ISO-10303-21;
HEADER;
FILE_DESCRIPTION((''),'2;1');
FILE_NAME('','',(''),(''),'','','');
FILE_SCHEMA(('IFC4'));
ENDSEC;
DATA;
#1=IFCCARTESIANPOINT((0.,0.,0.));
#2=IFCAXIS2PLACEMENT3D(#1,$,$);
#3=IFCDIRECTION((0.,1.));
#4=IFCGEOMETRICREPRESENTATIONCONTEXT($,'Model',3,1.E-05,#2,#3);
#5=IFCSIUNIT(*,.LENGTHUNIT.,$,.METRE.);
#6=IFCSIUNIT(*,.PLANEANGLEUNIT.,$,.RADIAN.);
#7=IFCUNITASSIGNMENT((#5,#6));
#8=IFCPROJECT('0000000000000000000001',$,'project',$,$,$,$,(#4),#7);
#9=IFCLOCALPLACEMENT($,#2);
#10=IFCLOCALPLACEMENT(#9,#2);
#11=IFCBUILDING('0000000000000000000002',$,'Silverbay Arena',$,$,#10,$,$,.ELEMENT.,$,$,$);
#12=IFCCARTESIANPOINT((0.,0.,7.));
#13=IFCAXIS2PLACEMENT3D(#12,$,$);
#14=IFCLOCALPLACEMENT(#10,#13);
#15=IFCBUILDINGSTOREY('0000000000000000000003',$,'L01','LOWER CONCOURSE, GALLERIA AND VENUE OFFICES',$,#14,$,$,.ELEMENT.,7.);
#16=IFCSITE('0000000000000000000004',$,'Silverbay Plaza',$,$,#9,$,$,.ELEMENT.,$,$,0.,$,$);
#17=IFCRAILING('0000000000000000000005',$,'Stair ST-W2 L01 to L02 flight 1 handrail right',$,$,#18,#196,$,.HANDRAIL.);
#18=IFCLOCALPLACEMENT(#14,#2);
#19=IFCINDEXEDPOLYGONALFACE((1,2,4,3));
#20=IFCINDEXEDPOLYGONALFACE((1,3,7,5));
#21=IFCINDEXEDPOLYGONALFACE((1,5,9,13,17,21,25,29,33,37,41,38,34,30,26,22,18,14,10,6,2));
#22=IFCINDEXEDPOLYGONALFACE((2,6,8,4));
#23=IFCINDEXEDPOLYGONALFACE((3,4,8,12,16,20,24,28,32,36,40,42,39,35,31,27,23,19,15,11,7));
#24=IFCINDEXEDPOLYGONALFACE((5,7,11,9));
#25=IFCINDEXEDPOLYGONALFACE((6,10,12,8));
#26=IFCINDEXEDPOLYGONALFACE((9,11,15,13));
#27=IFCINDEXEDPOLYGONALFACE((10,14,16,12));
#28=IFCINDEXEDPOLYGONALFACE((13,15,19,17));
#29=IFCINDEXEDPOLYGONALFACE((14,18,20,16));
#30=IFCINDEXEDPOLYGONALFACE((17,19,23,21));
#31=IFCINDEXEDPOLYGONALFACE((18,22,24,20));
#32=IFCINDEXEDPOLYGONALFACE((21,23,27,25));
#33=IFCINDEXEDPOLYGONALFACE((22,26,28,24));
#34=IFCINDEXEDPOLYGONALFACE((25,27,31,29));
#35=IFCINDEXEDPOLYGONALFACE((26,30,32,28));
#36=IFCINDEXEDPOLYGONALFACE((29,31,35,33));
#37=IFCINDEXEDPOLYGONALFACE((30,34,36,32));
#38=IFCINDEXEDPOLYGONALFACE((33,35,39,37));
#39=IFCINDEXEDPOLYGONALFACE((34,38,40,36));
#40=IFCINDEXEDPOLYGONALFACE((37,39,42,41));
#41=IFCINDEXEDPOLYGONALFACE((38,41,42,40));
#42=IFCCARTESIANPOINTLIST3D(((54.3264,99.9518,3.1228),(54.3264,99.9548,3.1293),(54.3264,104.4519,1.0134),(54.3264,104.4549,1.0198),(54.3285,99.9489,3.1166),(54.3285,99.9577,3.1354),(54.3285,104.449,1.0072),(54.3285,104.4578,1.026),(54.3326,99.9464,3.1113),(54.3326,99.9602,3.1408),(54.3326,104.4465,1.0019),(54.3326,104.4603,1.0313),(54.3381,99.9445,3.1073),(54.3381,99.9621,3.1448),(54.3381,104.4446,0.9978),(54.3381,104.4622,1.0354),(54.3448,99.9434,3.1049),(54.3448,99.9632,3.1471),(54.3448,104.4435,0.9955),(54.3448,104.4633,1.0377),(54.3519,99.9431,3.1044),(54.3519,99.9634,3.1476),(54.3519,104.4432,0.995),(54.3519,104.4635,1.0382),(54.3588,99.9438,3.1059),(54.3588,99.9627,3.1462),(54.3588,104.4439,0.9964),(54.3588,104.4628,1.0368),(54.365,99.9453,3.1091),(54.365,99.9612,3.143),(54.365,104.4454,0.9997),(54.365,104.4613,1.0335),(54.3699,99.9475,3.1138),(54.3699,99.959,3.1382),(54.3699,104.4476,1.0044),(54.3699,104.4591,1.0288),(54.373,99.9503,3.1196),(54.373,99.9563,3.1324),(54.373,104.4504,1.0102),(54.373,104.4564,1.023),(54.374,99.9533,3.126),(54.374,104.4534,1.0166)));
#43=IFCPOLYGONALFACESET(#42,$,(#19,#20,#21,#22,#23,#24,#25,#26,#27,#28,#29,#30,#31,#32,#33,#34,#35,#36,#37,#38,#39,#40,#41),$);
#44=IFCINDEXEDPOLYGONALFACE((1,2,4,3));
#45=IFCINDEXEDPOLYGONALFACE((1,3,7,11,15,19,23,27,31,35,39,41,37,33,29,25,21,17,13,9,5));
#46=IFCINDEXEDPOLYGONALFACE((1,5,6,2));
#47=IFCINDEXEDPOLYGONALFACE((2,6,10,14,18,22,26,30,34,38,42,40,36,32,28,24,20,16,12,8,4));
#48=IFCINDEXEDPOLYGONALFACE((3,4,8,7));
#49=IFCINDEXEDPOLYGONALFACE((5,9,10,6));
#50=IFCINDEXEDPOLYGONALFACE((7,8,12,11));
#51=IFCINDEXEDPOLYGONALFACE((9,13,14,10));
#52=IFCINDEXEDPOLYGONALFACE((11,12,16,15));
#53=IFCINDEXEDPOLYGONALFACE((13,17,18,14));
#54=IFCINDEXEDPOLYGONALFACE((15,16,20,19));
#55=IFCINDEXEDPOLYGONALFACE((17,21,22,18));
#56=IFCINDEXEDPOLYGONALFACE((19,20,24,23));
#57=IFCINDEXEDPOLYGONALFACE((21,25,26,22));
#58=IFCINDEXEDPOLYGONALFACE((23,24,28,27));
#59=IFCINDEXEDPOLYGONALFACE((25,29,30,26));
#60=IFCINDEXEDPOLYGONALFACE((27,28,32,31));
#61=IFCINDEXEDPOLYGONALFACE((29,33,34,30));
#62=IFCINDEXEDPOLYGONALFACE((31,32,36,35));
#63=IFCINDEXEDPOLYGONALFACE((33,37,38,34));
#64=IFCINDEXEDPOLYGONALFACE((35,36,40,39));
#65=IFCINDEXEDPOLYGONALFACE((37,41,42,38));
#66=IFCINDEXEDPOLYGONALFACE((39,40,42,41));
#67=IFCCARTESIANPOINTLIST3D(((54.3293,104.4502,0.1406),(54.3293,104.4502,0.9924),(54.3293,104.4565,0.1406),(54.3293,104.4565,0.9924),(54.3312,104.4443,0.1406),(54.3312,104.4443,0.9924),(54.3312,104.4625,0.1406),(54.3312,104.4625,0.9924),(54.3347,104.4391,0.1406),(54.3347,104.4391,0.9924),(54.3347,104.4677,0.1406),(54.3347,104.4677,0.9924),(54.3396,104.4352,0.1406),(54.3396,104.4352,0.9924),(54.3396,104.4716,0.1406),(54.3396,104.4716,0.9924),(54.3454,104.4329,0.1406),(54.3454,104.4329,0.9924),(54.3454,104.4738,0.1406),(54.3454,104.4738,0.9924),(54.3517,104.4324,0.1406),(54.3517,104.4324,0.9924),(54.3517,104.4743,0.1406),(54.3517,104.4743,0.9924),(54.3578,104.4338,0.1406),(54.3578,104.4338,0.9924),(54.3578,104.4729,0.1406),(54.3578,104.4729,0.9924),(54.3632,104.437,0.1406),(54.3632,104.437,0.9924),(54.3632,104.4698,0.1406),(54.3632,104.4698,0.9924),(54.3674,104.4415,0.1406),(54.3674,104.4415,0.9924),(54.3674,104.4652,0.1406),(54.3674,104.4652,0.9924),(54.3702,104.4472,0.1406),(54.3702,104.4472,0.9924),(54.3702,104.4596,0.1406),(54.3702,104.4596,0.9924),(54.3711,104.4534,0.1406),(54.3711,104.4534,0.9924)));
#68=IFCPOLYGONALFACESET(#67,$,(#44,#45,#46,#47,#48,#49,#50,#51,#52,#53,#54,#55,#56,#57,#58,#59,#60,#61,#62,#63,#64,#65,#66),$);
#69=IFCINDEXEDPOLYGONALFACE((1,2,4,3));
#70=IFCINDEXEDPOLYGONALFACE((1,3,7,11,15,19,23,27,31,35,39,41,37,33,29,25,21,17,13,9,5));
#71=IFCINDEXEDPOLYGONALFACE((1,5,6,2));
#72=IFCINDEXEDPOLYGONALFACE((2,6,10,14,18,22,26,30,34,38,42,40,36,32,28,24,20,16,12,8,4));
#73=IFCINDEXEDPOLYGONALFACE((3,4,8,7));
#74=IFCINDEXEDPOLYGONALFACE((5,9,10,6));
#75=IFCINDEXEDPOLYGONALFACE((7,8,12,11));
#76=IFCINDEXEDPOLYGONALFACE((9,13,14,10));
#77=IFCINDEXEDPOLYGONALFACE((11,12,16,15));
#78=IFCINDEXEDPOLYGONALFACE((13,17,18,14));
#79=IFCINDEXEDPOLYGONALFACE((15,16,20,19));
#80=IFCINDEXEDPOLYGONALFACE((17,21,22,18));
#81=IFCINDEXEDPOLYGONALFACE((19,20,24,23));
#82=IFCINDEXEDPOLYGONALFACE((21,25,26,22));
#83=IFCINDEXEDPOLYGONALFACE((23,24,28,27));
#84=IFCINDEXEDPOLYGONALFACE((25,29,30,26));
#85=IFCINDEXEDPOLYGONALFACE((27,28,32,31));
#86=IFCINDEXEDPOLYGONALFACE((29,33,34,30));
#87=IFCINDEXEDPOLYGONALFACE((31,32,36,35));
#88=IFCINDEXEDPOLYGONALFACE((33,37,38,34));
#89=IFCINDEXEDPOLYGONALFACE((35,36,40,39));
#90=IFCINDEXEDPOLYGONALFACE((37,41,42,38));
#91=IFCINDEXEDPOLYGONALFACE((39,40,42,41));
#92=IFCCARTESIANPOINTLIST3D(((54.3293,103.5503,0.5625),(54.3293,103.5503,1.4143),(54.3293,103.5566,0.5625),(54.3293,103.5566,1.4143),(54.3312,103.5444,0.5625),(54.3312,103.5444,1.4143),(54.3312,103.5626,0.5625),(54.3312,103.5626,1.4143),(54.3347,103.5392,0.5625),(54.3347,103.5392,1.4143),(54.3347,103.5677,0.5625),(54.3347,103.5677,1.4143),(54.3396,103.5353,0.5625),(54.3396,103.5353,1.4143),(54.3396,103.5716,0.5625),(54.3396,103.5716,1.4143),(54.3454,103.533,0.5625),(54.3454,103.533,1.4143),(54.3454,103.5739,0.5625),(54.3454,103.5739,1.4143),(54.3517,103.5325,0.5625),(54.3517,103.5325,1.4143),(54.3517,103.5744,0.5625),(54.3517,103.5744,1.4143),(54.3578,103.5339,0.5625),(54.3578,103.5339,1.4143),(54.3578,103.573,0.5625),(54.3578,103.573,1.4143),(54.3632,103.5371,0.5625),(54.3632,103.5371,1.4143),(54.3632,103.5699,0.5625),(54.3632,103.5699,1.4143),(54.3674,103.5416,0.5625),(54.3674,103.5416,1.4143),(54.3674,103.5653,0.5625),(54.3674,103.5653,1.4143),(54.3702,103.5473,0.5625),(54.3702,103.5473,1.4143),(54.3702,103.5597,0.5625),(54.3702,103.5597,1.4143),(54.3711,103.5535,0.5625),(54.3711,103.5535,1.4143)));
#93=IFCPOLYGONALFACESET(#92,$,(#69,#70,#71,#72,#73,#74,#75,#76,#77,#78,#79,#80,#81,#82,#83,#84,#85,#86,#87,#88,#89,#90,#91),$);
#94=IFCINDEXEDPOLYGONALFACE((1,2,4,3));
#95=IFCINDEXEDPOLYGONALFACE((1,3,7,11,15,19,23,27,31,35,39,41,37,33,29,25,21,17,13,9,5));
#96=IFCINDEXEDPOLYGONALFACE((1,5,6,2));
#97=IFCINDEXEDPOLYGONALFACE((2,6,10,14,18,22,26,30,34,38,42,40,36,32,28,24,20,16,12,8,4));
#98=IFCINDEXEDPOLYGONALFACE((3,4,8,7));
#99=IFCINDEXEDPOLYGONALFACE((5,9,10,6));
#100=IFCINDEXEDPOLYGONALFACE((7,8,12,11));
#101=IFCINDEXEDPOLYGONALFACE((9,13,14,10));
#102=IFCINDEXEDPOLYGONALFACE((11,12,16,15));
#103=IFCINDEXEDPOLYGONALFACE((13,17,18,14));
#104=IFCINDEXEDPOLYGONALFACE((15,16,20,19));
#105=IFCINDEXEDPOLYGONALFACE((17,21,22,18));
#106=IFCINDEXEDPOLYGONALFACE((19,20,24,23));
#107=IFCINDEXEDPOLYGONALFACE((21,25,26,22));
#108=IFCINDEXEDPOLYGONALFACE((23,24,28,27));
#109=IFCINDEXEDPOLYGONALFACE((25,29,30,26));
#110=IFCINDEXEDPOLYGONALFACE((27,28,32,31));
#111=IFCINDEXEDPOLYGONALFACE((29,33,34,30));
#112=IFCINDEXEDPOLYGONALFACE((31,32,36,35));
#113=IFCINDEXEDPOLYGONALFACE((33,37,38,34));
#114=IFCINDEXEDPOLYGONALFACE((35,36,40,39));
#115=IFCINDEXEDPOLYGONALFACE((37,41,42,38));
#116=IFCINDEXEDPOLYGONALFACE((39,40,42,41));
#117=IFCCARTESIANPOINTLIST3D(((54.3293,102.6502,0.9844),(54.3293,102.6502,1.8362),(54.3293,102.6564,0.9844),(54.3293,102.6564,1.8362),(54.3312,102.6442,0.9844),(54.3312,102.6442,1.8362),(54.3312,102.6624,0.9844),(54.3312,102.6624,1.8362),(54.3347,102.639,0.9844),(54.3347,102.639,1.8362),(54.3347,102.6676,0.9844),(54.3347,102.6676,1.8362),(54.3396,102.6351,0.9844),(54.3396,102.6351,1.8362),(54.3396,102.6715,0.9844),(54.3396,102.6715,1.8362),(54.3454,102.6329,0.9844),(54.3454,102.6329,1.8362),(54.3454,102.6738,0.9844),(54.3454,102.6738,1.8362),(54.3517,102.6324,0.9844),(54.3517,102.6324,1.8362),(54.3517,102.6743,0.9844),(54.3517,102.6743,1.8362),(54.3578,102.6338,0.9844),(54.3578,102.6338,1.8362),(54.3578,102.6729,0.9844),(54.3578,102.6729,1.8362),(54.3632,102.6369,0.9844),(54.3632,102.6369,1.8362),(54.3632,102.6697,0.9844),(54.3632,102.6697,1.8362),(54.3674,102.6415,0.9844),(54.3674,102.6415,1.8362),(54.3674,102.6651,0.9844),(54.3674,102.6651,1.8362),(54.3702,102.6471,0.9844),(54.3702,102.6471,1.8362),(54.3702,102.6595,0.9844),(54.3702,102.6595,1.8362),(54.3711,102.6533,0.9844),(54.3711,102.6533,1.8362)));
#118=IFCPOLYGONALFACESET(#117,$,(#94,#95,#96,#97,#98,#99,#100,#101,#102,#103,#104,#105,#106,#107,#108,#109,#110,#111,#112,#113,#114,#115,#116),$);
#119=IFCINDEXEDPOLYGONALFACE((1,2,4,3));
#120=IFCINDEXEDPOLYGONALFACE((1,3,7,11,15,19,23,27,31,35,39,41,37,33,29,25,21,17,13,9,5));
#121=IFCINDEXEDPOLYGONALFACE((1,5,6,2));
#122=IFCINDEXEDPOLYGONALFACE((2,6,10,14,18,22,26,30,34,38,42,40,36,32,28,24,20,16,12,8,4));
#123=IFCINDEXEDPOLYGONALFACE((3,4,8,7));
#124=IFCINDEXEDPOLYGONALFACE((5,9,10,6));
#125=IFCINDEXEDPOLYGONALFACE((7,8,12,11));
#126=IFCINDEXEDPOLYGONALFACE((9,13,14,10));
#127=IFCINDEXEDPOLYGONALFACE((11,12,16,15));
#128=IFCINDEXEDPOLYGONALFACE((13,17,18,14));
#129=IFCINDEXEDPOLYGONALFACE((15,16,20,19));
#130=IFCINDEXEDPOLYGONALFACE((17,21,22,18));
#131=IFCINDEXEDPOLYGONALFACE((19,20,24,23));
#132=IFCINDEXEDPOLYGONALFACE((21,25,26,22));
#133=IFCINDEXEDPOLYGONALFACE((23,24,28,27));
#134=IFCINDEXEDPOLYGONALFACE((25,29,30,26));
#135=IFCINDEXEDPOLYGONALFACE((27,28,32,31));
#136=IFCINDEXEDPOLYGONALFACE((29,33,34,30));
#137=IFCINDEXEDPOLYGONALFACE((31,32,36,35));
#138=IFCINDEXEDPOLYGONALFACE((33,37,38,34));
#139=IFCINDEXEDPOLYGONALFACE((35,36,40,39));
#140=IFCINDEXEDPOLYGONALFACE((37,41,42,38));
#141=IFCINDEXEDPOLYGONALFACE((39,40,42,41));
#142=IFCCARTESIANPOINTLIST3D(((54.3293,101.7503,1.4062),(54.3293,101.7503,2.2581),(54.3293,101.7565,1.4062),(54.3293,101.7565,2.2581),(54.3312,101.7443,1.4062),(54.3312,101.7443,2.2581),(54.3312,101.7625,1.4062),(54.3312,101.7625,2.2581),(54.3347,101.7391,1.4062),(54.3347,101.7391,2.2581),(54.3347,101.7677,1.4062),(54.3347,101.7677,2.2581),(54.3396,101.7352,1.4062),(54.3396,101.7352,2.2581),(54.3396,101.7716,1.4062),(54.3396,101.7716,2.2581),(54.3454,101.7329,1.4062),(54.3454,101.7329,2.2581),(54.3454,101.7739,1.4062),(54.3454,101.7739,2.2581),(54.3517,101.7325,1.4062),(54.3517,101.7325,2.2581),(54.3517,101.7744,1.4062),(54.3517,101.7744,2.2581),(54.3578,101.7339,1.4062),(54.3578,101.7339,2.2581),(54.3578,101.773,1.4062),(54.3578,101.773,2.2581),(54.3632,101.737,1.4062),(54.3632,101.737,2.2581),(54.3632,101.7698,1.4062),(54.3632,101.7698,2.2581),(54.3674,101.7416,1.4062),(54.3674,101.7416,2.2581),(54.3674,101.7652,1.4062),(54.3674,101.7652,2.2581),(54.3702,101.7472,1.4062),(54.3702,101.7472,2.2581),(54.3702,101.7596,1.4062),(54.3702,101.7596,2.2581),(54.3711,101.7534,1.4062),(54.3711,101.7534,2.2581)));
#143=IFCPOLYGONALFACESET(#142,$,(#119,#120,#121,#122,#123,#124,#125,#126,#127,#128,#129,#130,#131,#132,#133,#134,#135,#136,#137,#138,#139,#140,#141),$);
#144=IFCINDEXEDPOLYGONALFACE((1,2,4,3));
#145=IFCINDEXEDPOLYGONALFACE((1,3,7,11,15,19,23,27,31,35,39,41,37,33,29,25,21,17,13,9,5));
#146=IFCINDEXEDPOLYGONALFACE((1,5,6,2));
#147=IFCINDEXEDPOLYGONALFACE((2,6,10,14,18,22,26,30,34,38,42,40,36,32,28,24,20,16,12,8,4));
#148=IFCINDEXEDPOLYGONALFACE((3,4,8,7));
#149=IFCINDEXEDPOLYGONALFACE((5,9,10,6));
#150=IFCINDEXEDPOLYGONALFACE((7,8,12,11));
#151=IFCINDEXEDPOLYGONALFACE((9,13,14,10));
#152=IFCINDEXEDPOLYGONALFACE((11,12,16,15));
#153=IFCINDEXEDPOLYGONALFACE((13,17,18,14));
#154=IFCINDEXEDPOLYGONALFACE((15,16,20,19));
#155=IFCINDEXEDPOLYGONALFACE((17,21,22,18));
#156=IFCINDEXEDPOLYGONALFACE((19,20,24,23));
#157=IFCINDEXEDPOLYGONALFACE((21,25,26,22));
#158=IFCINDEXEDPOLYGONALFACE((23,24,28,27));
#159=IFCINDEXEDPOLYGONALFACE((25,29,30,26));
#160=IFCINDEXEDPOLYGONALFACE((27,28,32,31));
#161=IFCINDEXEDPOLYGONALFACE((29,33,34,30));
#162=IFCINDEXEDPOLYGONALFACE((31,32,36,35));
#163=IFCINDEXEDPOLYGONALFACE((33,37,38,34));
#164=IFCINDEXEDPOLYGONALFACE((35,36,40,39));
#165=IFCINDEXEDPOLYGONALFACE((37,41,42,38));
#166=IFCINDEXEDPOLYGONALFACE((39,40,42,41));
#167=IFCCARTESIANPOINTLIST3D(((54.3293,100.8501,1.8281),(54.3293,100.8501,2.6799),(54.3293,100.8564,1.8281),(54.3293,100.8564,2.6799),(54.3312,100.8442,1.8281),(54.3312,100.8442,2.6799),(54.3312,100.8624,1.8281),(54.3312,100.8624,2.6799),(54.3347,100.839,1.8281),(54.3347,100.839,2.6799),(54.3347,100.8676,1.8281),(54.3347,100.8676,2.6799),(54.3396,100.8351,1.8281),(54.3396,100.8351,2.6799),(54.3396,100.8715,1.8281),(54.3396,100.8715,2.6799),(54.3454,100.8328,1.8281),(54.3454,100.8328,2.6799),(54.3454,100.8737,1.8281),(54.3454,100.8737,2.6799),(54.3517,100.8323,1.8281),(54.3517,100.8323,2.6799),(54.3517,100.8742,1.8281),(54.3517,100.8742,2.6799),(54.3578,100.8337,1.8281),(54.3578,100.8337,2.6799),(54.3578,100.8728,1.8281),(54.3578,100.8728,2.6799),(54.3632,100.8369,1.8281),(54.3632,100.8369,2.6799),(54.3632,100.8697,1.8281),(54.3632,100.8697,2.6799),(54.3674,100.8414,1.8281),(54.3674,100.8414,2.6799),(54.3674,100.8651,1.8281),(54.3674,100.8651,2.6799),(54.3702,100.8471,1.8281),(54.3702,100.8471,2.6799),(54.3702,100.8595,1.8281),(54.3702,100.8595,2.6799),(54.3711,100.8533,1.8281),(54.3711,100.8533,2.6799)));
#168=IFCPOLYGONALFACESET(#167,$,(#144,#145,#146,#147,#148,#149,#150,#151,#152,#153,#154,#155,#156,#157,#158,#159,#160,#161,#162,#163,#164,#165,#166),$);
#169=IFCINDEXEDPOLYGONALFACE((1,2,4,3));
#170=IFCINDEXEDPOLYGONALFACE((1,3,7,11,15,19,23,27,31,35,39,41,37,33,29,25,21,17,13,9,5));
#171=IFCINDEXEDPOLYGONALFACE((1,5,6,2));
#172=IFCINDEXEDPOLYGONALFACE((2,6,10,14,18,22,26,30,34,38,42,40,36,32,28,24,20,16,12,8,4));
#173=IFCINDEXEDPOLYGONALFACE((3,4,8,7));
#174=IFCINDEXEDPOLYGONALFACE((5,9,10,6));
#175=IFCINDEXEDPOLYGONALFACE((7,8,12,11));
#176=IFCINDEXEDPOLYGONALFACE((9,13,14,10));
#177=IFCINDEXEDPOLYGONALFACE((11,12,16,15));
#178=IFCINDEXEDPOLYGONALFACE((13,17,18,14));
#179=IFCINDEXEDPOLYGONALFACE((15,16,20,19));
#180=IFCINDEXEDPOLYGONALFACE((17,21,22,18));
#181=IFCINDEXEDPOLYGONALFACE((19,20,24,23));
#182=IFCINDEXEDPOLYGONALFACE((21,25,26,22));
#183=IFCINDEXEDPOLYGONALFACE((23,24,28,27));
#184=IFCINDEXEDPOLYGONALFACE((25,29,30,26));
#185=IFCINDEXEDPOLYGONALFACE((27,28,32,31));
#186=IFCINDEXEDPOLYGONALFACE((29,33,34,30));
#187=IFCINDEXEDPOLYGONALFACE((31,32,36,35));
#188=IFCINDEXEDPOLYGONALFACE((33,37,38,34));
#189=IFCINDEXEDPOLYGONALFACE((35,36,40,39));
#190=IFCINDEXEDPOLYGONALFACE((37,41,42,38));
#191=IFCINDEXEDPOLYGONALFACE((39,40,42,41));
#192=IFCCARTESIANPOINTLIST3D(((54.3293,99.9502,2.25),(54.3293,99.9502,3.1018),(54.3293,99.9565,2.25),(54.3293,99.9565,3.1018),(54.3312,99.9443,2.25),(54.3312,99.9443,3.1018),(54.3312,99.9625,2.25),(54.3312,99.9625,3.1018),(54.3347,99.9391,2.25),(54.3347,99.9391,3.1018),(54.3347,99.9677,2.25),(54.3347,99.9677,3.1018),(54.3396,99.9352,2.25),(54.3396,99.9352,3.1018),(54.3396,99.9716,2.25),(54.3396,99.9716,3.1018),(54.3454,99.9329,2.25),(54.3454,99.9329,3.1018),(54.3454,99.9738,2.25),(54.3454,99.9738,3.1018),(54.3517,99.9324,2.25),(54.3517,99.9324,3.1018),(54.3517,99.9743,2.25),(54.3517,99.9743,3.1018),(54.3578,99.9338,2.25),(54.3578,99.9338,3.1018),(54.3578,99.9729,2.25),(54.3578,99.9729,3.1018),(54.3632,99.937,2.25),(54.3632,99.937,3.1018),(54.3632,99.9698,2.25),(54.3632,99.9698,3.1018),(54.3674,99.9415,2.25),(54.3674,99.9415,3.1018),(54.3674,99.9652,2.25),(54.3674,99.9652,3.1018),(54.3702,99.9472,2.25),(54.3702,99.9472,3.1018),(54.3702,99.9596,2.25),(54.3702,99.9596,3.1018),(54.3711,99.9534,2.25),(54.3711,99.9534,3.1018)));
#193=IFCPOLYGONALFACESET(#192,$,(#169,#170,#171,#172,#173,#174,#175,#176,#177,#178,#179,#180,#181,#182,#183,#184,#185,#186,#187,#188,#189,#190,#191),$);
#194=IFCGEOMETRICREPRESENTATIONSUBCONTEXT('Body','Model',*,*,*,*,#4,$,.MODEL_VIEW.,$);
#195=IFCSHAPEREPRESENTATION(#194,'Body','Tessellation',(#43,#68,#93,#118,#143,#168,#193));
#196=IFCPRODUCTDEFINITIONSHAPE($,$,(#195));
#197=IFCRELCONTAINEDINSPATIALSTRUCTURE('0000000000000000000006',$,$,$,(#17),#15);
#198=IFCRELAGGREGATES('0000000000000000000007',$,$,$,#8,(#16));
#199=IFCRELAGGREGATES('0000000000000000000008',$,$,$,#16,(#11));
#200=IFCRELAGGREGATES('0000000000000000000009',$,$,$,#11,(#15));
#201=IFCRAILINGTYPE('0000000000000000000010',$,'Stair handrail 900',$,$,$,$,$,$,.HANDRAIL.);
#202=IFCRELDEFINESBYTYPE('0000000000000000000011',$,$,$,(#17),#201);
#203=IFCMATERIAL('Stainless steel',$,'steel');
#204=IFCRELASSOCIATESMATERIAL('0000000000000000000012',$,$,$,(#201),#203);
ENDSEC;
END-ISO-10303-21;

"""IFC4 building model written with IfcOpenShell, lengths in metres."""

from ifc_helpers import new_model, si_unit, direction, frame, origin, origin_2d, place, context, subcontext, project, spatial, circle, extrude, material, type_object, element, save


model = new_model("IFC4")

# Units and contexts
model_context = context("Model", 3, precision=1e-05, world=origin(), true_north=direction((0.0, 1.0)))
body_context = subcontext(model_context, "Body", "Model", "MODEL_VIEW")
ifc_project = project(units=[si_unit("LENGTHUNIT", "METRE"), si_unit("PLANEANGLEUNIT", "RADIAN")], contexts=[model_context])

# Site, building, storey
site_placement = place(None, origin())
site = spatial("IfcSite", under=ifc_project, at=site_placement, Name="Silverbay Plaza", CompositionType="ELEMENT", RefElevation=0.0)
building_placement = place(site_placement, origin())
building = spatial("IfcBuilding", under=site, at=building_placement, Name="Silverbay Arena", CompositionType="ELEMENT")
storey_placement = place(building_placement, frame((0.0, 0.0, 7.0)))
storey = spatial("IfcBuildingStorey", under=building, at=storey_placement, Name="L01", Description="LOWER CONCOURSE, GALLERIA AND VENUE OFFICES", CompositionType="ELEMENT", Elevation=7.0)

# Railing
ifc_material_1 = material(Name="Stainless steel", Category="steel")
railing_type_1 = type_object("IfcRailingType", Name="Stair handrail 900", PredefinedType="HANDRAIL", material=ifc_material_1)
for number, where, name in (
    (1, (54.3501, 104.4534, 0.1406), "Stair ST-W2 L01 to L02 flight 1 handrail right"),
):
    element("IfcRailing", number, at=place(storey_placement, frame(where)), inside=storey, type_object=railing_type_1, Name=name, PredefinedType="HANDRAIL", context=body_context, shape_type="SweptSolid", body=[
        extrude(circle(Radius=0.0239, at=origin_2d()), frame((0.0, 0.0, 0.876), z_axis=(0.0, -0.905459, 0.424434), x_axis=(1.0, 0.0, 0.0)), (0.0, 0.0, 1.0), 4.97),
        extrude(circle(Radius=0.021, at=origin_2d()), origin(), (0.0, 0.0, 1.0), 0.8518),
        extrude(circle(Radius=0.021, at=origin_2d()), frame((0.0, -0.8999, 0.4219)), (0.0, 0.0, 1.0), 0.8518),
        extrude(circle(Radius=0.021, at=origin_2d()), frame((0.0, -1.8, 0.8438)), (0.0, 0.0, 1.0), 0.8518),
        extrude(circle(Radius=0.021, at=origin_2d()), frame((0.0, -2.7, 1.2656)), (0.0, 0.0, 1.0), 0.8518),
        extrude(circle(Radius=0.021, at=origin_2d()), frame((0.0, -3.6001, 1.6875)), (0.0, 0.0, 1.0), 0.8518),
        extrude(circle(Radius=0.021, at=origin_2d()), frame((0.0, -4.5, 2.1094)), (0.0, 0.0, 1.0), 0.8518),
    ])

save(model, "model.ifc")
